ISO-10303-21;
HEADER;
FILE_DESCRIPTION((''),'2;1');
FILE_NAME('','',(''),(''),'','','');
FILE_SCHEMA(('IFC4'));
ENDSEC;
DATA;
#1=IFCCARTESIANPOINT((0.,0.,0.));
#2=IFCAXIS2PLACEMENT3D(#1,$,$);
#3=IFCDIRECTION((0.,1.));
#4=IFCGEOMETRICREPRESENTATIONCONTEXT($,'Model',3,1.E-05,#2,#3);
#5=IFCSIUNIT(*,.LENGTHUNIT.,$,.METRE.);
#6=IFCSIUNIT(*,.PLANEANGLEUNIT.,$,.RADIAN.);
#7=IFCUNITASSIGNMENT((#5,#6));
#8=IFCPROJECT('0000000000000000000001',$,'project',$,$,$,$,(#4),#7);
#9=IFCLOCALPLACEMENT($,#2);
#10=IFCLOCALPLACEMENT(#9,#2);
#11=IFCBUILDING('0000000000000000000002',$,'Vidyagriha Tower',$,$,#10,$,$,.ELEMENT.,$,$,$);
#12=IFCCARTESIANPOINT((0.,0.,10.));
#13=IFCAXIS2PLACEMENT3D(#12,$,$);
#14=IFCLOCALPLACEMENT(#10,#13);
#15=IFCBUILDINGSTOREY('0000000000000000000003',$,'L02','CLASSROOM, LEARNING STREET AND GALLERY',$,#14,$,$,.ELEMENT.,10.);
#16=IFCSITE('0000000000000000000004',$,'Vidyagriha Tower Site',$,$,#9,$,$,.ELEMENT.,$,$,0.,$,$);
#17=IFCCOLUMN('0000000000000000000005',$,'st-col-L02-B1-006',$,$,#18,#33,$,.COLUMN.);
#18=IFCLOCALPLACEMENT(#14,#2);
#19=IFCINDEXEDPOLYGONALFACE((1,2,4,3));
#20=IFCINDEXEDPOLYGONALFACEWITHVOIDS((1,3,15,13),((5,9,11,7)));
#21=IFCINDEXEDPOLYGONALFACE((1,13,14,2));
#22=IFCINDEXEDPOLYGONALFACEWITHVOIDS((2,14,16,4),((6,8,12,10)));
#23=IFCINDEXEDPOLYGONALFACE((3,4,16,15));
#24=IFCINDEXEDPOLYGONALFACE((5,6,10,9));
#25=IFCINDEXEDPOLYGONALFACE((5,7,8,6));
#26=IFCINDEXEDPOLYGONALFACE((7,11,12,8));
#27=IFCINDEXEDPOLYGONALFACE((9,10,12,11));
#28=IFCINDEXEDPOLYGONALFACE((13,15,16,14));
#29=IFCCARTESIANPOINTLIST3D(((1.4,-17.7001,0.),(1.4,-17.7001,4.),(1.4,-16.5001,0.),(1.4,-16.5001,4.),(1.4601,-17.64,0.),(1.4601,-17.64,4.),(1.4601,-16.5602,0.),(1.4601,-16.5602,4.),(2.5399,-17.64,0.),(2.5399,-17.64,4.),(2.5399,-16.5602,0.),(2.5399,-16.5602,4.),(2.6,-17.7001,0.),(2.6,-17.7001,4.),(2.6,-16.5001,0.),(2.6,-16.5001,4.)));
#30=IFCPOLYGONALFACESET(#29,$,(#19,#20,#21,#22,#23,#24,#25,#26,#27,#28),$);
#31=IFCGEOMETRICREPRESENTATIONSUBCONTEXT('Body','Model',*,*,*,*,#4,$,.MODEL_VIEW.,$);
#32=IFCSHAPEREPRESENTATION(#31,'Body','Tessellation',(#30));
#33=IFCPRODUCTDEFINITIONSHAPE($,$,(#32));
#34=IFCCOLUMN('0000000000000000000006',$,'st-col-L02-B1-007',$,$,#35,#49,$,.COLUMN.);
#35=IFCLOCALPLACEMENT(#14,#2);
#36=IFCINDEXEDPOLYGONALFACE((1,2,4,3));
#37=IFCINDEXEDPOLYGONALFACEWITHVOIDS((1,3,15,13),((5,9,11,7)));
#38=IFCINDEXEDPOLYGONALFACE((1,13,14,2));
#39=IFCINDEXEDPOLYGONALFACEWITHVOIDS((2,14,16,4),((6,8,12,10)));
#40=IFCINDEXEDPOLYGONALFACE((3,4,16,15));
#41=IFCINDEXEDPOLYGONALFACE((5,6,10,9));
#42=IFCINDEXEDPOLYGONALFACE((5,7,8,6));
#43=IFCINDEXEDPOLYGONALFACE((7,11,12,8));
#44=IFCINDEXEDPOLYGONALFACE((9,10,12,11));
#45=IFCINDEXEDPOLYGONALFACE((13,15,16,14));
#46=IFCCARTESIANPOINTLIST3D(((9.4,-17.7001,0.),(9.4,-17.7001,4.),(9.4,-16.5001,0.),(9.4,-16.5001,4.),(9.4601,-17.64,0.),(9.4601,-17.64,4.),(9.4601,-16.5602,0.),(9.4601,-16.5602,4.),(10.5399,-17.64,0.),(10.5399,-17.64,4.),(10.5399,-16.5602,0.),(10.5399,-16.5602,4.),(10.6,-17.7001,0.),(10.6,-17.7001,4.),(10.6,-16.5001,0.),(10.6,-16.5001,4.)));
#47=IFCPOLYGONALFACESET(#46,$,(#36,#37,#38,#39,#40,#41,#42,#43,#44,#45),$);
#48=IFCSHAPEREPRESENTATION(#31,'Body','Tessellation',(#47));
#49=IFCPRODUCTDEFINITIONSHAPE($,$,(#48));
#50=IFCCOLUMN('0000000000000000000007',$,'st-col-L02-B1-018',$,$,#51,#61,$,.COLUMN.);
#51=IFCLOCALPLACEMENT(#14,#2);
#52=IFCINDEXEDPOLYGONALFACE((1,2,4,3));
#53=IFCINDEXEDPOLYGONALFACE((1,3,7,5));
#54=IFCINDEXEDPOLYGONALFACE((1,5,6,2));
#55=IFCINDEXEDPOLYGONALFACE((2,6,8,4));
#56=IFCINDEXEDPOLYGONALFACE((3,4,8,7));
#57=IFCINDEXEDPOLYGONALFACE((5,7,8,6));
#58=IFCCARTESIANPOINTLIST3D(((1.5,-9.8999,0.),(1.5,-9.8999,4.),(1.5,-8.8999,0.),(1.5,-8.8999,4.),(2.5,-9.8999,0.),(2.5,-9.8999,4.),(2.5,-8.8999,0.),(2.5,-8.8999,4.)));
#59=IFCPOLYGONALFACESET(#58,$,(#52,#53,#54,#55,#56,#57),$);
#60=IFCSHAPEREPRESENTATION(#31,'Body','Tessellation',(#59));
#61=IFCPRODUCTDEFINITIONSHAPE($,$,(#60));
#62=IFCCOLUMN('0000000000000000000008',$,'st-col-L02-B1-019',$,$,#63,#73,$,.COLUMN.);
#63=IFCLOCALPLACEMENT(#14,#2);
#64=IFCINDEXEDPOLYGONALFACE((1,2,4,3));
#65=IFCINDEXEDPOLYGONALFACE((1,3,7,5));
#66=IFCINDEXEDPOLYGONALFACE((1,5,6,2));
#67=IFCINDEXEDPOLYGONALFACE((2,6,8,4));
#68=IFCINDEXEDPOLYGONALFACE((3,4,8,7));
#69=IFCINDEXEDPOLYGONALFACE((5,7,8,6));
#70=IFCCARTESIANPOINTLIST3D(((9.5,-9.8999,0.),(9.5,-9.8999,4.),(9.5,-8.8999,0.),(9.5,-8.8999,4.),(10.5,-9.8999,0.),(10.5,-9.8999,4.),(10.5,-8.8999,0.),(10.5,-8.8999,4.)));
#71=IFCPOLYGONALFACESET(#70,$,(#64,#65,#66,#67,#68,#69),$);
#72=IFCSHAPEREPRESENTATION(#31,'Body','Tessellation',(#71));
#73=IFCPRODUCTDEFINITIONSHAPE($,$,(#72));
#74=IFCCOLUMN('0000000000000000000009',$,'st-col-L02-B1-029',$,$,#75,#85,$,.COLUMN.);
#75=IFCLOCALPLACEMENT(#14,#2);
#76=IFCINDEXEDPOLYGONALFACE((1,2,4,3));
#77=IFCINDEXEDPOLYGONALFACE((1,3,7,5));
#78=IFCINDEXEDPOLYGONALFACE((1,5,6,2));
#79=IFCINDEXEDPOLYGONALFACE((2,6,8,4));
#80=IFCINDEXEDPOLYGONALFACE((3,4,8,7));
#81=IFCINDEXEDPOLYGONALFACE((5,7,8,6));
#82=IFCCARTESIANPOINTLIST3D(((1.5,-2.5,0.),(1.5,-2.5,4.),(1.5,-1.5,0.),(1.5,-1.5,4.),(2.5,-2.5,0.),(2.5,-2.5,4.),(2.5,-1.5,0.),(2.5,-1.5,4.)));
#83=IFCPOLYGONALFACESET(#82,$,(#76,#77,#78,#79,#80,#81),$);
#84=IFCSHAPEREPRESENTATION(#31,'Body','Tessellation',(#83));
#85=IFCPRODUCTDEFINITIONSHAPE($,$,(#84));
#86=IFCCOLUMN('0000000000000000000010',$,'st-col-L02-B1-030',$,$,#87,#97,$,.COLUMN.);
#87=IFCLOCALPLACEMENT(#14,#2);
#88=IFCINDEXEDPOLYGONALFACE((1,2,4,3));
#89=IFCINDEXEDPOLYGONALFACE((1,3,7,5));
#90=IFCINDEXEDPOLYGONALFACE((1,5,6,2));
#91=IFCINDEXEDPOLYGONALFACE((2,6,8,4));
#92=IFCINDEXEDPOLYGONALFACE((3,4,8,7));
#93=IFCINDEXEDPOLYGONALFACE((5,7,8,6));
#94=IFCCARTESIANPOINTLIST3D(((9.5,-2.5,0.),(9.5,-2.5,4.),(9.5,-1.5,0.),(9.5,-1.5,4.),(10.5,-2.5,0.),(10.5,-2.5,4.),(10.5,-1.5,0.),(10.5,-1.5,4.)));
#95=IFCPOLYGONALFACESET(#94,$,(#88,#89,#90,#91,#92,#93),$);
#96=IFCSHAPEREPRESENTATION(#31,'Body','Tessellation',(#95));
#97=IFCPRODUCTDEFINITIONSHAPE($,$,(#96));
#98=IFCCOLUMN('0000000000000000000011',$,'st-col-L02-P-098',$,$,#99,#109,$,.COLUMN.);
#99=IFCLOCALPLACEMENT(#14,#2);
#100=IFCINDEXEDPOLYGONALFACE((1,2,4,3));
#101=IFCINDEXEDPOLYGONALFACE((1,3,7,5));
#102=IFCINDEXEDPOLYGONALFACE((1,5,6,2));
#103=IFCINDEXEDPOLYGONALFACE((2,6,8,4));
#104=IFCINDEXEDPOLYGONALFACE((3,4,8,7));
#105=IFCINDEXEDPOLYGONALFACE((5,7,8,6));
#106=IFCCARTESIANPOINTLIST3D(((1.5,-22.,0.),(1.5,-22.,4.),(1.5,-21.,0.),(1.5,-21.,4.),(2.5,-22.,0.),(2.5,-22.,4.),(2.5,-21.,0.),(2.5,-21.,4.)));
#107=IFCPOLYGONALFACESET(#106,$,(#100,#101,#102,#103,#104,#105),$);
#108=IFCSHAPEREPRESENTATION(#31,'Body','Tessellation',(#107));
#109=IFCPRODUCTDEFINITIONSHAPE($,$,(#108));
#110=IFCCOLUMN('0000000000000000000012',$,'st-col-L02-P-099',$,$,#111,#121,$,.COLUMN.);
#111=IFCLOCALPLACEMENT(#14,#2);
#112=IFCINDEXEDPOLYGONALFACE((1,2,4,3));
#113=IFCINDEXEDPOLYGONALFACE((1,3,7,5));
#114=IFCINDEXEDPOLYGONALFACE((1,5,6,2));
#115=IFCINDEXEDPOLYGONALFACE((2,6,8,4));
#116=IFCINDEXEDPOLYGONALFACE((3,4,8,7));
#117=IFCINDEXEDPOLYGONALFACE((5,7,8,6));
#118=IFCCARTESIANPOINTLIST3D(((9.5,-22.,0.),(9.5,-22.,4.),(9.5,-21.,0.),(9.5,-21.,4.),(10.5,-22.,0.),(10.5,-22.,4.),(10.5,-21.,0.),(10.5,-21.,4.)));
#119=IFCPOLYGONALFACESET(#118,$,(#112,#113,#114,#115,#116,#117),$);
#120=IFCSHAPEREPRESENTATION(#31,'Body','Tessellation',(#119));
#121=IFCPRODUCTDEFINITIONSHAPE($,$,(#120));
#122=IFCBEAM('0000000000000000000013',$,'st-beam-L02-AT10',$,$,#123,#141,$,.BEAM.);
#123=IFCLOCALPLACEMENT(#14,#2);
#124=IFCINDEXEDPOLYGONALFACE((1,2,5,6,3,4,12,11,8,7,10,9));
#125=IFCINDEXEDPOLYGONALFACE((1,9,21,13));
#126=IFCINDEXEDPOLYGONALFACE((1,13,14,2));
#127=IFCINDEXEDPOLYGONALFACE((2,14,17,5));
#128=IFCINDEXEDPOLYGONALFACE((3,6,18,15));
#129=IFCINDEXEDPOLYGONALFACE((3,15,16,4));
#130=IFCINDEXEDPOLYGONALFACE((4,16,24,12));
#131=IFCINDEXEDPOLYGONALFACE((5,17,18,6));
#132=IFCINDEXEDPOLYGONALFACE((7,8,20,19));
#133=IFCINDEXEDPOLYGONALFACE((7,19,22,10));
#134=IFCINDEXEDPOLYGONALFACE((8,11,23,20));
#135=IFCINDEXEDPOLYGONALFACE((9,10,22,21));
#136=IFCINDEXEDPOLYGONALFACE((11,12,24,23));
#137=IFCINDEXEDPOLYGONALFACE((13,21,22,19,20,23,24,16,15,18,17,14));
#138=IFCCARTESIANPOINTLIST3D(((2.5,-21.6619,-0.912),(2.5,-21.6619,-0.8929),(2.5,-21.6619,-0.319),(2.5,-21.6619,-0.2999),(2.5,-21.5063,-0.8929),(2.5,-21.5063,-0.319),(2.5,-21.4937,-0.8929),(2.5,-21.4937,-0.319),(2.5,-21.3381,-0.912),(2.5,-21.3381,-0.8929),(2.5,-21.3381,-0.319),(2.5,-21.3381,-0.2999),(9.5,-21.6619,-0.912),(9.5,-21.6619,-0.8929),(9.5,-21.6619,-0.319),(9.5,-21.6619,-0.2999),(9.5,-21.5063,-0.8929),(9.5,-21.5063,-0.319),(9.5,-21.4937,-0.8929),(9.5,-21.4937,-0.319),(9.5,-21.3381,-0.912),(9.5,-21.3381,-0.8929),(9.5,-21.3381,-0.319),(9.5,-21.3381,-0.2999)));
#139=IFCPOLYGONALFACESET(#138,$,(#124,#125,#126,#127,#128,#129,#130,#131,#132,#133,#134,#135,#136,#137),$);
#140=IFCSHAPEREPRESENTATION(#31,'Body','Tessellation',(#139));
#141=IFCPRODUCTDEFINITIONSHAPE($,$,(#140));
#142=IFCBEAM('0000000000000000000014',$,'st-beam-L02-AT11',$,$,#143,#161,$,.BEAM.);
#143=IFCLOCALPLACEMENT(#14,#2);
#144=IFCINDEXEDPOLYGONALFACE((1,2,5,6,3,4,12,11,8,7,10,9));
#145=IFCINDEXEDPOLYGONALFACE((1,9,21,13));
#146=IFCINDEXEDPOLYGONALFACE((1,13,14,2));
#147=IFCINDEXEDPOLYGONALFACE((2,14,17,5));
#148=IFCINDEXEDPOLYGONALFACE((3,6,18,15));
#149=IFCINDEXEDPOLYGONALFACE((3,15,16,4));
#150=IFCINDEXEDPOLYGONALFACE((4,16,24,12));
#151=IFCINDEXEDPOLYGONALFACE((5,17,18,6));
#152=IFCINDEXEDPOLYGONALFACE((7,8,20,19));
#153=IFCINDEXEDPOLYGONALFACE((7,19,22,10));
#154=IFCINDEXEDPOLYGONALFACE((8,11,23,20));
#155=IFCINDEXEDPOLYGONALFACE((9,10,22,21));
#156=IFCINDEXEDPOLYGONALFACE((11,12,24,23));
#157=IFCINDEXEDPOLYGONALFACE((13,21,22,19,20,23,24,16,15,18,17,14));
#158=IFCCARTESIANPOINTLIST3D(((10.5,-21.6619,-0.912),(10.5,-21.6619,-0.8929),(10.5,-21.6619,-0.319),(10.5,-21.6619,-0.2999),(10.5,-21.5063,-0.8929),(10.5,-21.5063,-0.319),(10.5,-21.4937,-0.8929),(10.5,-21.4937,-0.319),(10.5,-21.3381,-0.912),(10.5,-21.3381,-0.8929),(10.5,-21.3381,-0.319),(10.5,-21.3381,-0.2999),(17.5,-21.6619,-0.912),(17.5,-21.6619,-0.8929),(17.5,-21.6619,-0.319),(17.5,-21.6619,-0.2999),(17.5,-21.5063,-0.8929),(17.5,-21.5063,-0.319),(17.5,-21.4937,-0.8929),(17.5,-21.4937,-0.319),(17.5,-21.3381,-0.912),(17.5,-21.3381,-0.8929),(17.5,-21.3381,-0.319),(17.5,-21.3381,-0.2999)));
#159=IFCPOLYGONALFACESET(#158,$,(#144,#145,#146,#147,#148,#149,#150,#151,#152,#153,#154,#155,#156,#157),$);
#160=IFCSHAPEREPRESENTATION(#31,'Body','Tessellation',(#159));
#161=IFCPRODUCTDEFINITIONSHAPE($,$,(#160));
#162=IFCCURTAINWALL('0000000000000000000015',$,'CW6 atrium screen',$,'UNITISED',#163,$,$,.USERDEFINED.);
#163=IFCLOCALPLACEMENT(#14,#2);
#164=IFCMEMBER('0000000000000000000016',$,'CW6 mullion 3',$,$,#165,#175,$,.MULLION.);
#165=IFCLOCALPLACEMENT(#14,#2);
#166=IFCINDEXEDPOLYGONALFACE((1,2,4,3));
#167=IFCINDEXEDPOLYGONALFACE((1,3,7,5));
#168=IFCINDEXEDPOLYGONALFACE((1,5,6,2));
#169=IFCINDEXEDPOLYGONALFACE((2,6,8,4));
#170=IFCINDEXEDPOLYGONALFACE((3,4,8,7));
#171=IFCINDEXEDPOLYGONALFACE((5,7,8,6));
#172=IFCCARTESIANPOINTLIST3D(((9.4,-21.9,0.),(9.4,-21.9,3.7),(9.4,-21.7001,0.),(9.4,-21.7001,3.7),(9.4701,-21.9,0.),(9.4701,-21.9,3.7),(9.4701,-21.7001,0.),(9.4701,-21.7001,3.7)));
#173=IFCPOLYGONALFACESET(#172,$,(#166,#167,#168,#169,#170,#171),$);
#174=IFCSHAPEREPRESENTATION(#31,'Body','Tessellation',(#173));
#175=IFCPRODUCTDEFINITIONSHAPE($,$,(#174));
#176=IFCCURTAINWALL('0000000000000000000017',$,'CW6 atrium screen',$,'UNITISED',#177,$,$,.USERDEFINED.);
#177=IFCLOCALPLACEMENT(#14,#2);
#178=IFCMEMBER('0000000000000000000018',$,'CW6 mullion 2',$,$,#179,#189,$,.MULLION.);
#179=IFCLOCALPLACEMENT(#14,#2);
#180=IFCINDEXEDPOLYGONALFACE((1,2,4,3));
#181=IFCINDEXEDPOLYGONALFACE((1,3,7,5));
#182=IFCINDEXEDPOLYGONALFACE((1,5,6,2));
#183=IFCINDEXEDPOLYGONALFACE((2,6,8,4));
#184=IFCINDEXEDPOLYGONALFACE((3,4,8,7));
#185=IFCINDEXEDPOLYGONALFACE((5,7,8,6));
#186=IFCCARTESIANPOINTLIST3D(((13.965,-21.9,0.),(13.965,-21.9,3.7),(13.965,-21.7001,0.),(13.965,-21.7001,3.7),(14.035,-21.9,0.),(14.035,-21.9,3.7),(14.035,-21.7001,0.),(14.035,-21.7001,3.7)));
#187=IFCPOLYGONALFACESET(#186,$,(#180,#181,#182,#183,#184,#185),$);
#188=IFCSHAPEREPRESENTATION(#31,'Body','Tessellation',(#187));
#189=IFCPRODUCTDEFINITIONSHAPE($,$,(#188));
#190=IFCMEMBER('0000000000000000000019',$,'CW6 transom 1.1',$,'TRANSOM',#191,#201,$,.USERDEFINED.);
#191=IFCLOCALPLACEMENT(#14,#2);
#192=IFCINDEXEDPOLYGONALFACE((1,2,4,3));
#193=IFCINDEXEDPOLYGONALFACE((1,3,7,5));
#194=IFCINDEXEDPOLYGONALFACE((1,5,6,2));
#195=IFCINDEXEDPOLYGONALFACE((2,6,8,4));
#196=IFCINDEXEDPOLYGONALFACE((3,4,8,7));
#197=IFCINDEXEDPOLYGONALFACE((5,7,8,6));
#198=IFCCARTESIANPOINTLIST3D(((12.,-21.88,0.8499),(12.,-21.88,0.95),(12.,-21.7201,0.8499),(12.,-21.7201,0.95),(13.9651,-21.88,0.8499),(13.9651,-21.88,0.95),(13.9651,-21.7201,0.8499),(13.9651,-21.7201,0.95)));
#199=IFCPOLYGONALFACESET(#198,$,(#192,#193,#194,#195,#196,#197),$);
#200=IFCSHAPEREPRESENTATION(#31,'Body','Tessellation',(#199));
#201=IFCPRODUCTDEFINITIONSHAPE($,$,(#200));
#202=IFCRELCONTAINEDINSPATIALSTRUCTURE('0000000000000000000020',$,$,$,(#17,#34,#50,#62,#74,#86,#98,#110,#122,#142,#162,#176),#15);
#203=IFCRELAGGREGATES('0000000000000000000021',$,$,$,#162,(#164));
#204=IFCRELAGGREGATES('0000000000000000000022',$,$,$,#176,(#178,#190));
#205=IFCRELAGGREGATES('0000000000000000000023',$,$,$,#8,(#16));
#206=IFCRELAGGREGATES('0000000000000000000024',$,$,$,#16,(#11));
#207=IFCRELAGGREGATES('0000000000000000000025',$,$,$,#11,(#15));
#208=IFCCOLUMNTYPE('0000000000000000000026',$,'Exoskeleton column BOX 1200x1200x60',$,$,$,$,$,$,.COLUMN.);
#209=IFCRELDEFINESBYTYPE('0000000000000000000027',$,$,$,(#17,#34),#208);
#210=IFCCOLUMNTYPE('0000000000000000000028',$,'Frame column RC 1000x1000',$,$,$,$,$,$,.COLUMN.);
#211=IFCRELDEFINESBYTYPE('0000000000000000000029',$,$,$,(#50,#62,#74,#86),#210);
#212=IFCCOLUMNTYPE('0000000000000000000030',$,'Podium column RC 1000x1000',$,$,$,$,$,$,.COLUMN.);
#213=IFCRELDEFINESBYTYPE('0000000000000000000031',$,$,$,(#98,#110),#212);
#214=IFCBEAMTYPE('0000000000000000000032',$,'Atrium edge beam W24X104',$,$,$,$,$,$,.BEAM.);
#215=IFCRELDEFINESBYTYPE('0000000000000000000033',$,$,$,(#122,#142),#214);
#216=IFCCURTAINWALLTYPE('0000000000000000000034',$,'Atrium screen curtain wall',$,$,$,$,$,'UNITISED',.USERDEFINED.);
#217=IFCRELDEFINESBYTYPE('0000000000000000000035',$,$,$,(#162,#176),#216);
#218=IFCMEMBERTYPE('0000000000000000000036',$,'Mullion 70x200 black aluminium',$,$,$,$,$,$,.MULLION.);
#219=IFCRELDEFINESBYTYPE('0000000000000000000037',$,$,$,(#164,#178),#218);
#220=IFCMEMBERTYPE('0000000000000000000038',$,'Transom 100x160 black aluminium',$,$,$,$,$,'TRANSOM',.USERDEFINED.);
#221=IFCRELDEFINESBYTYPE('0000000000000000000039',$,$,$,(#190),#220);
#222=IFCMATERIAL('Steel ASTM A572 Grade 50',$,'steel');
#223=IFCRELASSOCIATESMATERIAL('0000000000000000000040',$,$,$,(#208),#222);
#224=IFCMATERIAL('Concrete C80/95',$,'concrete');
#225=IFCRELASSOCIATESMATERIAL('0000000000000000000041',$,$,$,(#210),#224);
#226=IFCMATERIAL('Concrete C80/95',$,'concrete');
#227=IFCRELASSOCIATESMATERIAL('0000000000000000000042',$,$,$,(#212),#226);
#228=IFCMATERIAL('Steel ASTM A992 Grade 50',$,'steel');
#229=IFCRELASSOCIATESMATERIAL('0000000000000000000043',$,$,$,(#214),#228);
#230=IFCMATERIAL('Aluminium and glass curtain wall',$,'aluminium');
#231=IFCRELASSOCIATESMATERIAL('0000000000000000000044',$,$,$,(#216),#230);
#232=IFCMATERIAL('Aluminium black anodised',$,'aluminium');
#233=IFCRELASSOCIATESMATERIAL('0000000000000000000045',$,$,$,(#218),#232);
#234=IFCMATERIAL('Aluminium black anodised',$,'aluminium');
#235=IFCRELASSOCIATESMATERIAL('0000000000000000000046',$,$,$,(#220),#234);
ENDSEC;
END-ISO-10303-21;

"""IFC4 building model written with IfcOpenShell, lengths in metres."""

from ifc_helpers import new_model, si_unit, direction, frame, origin, origin_2d, place, context, subcontext, project, spatial, rectangle, hollow_rectangle, i_section, extrude, material, material_profile, profile_set, type_object, element, aggregate, save


model = new_model("IFC4")

# Units and contexts
model_context = context("Model", 3, precision=1e-05, world=origin(), true_north=direction((0.0, 1.0)))
body_context = subcontext(model_context, "Body", "Model", "MODEL_VIEW")
ifc_project = project(units=[si_unit("LENGTHUNIT", "METRE"), si_unit("PLANEANGLEUNIT", "RADIAN")], contexts=[model_context])

# Site, building, storey
site_placement = place(None, origin())
site = spatial("IfcSite", under=ifc_project, at=site_placement, Name="Vidyagriha Tower Site", CompositionType="ELEMENT", RefElevation=0.0)
building_placement = place(site_placement, origin())
building = spatial("IfcBuilding", under=site, at=building_placement, Name="Vidyagriha Tower", CompositionType="ELEMENT")
storey_placement = place(building_placement, frame((0.0, 0.0, 10.0)))
storey = spatial("IfcBuildingStorey", under=building, at=storey_placement, Name="L02", Description="CLASSROOM, LEARNING STREET AND GALLERY", CompositionType="ELEMENT", Elevation=10.0)

# Columns
ifc_material_1 = material(Name="Steel ASTM A572 Grade 50", Category="steel")
ifc_material_profile_1 = material_profile(ifc_material_1, hollow_rectangle(XDim=1.2, YDim=1.2, WallThickness=0.0601, at=origin_2d()), Name="BOX 1200x1200x60")
ifc_profile_set_1 = profile_set([ifc_material_profile_1], Name="Steel ASTM A572 Grade 50")
column_type_1 = type_object("IfcColumnType", Name="Exoskeleton column BOX 1200x1200x60", PredefinedType="COLUMN", material=ifc_profile_set_1)
for number, where, name in (
    (1, (2.0, -17.1001, 0.0), "st-col-L02-B1-006"),
    (2, (10.0, -17.1001, 0.0), "st-col-L02-B1-007"),
):
    element("IfcColumn", number, at=place(storey_placement, frame(where)), inside=storey, type_object=column_type_1, Name=name, PredefinedType="COLUMN", context=body_context, shape_type="SweptSolid", body=[
        extrude(hollow_rectangle(XDim=1.2, YDim=1.2, WallThickness=0.0601, at=origin_2d()), origin(), (0.0, 0.0, 1.0), 4.0),
    ])
ifc_material_2 = material(Name="Concrete C80/95", Category="concrete")
ifc_material_profile_2 = material_profile(ifc_material_2, rectangle(XDim=1.0, YDim=1.0, at=origin_2d()), Name="RC 1000x1000")
ifc_profile_set_2 = profile_set([ifc_material_profile_2], Name="Concrete C80/95")
column_type_2 = type_object("IfcColumnType", Name="Frame column RC 1000x1000", PredefinedType="COLUMN", material=ifc_profile_set_2)
for number, where, name in (
    (3, (2.0, -9.3999, 0.0), "st-col-L02-B1-018"),
    (4, (10.0, -9.3999, 0.0), "st-col-L02-B1-019"),
    (5, (2.0, -2.0, 0.0), "st-col-L02-B1-029"),
    (6, (10.0, -2.0, 0.0), "st-col-L02-B1-030"),
):
    element("IfcColumn", number, at=place(storey_placement, frame(where)), inside=storey, type_object=column_type_2, Name=name, PredefinedType="COLUMN", context=body_context, shape_type="SweptSolid", body=[
        extrude(rectangle(XDim=1.0, YDim=1.0, at=origin_2d()), origin(), (0.0, 0.0, 1.0), 4.0),
    ])
ifc_material_3 = material(Name="Concrete C80/95", Category="concrete")
ifc_material_profile_3 = material_profile(ifc_material_3, rectangle(XDim=1.0, YDim=1.0, at=origin_2d()), Name="RC 1000x1000")
ifc_profile_set_3 = profile_set([ifc_material_profile_3], Name="Concrete C80/95")
column_type_3 = type_object("IfcColumnType", Name="Podium column RC 1000x1000", PredefinedType="COLUMN", material=ifc_profile_set_3)
for number, where, name in (
    (7, (2.0, -21.5, 0.0), "st-col-L02-P-098"),
    (8, (10.0, -21.5, 0.0), "st-col-L02-P-099"),
):
    element("IfcColumn", number, at=place(storey_placement, frame(where)), inside=storey, type_object=column_type_3, Name=name, PredefinedType="COLUMN", context=body_context, shape_type="SweptSolid", body=[
        extrude(rectangle(XDim=1.0, YDim=1.0, at=origin_2d()), origin(), (0.0, 0.0, 1.0), 4.0),
    ])

# Beams
ifc_material_4 = material(Name="Steel ASTM A992 Grade 50", Category="steel")
ifc_material_profile_4 = material_profile(ifc_material_4, i_section(OverallWidth=0.3237, OverallDepth=0.6121, WebThickness=0.0127, FlangeThickness=0.019, at=origin_2d()), Name="W24X104")
ifc_profile_set_4 = profile_set([ifc_material_profile_4], Name="Steel ASTM A992 Grade 50")
beam_type = type_object("IfcBeamType", Name="Atrium edge beam W24X104", PredefinedType="BEAM", material=ifc_profile_set_4)
for number, where, z_axis, x_axis, name in (
    (9, (2.5, -21.5, -0.606), (1.0, 0.0, 0.0), (0.0, 1.0, 0.0), "st-beam-L02-AT10"),
    (10, (10.5, -21.5, -0.606), (1.0, 0.0, 0.0), (0.0, 1.0, 0.0), "st-beam-L02-AT11"),
):
    element("IfcBeam", number, at=place(storey_placement, frame(where, z_axis=z_axis, x_axis=x_axis)), inside=storey, type_object=beam_type, Name=name, PredefinedType="BEAM", context=body_context, shape_type="SweptSolid", body=[
        extrude(i_section(OverallWidth=0.3237, OverallDepth=0.6121, WebThickness=0.0127, FlangeThickness=0.019, at=origin_2d()), origin(), (0.0, 0.0, 1.0), 7.0),
    ])

# Curtain wall, member
ifc_material_5 = material(Name="Aluminium and glass curtain wall", Category="aluminium")
curtain_wall_type = type_object("IfcCurtainWallType", Name="Atrium screen curtain wall", ElementType="UNITISED", PredefinedType="USERDEFINED", material=ifc_material_5)
curtain_wall_1_placement = place(storey_placement, origin())
curtain_wall_1 = element("IfcCurtainWall", 11, at=curtain_wall_1_placement, inside=storey, type_object=curtain_wall_type, Name="CW6 atrium screen", ObjectType="UNITISED", PredefinedType="USERDEFINED")
ifc_material_6 = material(Name="Aluminium black anodised", Category="aluminium")
ifc_material_profile_5 = material_profile(ifc_material_6, rectangle(XDim=0.2, YDim=0.0701, at=origin_2d()), Name="Mullion 70x200 black aluminium")
ifc_profile_set_5 = profile_set([ifc_material_profile_5], Name="Aluminium black anodised")
member_type_1 = type_object("IfcMemberType", Name="Mullion 70x200 black aluminium", PredefinedType="MULLION", material=ifc_profile_set_5)
member_1_placement = place(storey_placement, frame((9.4351, -21.8, 0.0), z_axis=(0.0, 0.0, 1.0), x_axis=(0.0, 1.0, 0.0)))
member_1 = element("IfcMember", 12, at=member_1_placement, type_object=member_type_1, Name="CW6 mullion 3", PredefinedType="MULLION", context=body_context, shape_type="SweptSolid", body=[
    extrude(rectangle(XDim=0.2, YDim=0.0701, at=origin_2d()), origin(), (0.0, 0.0, 1.0), 3.7),
])

# Curtain wall, members
curtain_wall_2_placement = place(storey_placement, origin())
curtain_wall_2 = element("IfcCurtainWall", 13, at=curtain_wall_2_placement, inside=storey, type_object=curtain_wall_type, Name="CW6 atrium screen", ObjectType="UNITISED", PredefinedType="USERDEFINED")
member_2_placement = place(storey_placement, frame((14.0, -21.8, 0.0), z_axis=(0.0, 0.0, 1.0), x_axis=(0.0, 1.0, 0.0)))
member_2 = element("IfcMember", 14, at=member_2_placement, type_object=member_type_1, Name="CW6 mullion 2", PredefinedType="MULLION", context=body_context, shape_type="SweptSolid", body=[
    extrude(rectangle(XDim=0.2, YDim=0.0701, at=origin_2d()), origin(), (0.0, 0.0, 1.0), 3.7),
])
ifc_material_7 = material(Name="Aluminium black anodised", Category="aluminium")
ifc_material_profile_6 = material_profile(ifc_material_7, rectangle(XDim=0.1599, YDim=0.1001, at=origin_2d()), Name="Transom 100x160 black aluminium")
ifc_profile_set_6 = profile_set([ifc_material_profile_6], Name="Aluminium black anodised")
member_type_2 = type_object("IfcMemberType", Name="Transom 100x160 black aluminium", ElementType="TRANSOM", PredefinedType="USERDEFINED", material=ifc_profile_set_6)
member_3_placement = place(storey_placement, frame((12.0, -21.8, 0.8999), z_axis=(1.0, 0.0, 0.0), x_axis=(0.0, 1.0, 0.0)))
member_3 = element("IfcMember", 15, at=member_3_placement, type_object=member_type_2, Name="CW6 transom 1.1", ObjectType="TRANSOM", PredefinedType="USERDEFINED", context=body_context, shape_type="SweptSolid", body=[
    extrude(rectangle(XDim=0.1599, YDim=0.1001, at=origin_2d()), origin(), (0.0, 0.0, 1.0), 1.9651),
])

aggregate(curtain_wall_1, [member_1])
aggregate(curtain_wall_2, [member_2, member_3])

save(model, "model.ifc")
